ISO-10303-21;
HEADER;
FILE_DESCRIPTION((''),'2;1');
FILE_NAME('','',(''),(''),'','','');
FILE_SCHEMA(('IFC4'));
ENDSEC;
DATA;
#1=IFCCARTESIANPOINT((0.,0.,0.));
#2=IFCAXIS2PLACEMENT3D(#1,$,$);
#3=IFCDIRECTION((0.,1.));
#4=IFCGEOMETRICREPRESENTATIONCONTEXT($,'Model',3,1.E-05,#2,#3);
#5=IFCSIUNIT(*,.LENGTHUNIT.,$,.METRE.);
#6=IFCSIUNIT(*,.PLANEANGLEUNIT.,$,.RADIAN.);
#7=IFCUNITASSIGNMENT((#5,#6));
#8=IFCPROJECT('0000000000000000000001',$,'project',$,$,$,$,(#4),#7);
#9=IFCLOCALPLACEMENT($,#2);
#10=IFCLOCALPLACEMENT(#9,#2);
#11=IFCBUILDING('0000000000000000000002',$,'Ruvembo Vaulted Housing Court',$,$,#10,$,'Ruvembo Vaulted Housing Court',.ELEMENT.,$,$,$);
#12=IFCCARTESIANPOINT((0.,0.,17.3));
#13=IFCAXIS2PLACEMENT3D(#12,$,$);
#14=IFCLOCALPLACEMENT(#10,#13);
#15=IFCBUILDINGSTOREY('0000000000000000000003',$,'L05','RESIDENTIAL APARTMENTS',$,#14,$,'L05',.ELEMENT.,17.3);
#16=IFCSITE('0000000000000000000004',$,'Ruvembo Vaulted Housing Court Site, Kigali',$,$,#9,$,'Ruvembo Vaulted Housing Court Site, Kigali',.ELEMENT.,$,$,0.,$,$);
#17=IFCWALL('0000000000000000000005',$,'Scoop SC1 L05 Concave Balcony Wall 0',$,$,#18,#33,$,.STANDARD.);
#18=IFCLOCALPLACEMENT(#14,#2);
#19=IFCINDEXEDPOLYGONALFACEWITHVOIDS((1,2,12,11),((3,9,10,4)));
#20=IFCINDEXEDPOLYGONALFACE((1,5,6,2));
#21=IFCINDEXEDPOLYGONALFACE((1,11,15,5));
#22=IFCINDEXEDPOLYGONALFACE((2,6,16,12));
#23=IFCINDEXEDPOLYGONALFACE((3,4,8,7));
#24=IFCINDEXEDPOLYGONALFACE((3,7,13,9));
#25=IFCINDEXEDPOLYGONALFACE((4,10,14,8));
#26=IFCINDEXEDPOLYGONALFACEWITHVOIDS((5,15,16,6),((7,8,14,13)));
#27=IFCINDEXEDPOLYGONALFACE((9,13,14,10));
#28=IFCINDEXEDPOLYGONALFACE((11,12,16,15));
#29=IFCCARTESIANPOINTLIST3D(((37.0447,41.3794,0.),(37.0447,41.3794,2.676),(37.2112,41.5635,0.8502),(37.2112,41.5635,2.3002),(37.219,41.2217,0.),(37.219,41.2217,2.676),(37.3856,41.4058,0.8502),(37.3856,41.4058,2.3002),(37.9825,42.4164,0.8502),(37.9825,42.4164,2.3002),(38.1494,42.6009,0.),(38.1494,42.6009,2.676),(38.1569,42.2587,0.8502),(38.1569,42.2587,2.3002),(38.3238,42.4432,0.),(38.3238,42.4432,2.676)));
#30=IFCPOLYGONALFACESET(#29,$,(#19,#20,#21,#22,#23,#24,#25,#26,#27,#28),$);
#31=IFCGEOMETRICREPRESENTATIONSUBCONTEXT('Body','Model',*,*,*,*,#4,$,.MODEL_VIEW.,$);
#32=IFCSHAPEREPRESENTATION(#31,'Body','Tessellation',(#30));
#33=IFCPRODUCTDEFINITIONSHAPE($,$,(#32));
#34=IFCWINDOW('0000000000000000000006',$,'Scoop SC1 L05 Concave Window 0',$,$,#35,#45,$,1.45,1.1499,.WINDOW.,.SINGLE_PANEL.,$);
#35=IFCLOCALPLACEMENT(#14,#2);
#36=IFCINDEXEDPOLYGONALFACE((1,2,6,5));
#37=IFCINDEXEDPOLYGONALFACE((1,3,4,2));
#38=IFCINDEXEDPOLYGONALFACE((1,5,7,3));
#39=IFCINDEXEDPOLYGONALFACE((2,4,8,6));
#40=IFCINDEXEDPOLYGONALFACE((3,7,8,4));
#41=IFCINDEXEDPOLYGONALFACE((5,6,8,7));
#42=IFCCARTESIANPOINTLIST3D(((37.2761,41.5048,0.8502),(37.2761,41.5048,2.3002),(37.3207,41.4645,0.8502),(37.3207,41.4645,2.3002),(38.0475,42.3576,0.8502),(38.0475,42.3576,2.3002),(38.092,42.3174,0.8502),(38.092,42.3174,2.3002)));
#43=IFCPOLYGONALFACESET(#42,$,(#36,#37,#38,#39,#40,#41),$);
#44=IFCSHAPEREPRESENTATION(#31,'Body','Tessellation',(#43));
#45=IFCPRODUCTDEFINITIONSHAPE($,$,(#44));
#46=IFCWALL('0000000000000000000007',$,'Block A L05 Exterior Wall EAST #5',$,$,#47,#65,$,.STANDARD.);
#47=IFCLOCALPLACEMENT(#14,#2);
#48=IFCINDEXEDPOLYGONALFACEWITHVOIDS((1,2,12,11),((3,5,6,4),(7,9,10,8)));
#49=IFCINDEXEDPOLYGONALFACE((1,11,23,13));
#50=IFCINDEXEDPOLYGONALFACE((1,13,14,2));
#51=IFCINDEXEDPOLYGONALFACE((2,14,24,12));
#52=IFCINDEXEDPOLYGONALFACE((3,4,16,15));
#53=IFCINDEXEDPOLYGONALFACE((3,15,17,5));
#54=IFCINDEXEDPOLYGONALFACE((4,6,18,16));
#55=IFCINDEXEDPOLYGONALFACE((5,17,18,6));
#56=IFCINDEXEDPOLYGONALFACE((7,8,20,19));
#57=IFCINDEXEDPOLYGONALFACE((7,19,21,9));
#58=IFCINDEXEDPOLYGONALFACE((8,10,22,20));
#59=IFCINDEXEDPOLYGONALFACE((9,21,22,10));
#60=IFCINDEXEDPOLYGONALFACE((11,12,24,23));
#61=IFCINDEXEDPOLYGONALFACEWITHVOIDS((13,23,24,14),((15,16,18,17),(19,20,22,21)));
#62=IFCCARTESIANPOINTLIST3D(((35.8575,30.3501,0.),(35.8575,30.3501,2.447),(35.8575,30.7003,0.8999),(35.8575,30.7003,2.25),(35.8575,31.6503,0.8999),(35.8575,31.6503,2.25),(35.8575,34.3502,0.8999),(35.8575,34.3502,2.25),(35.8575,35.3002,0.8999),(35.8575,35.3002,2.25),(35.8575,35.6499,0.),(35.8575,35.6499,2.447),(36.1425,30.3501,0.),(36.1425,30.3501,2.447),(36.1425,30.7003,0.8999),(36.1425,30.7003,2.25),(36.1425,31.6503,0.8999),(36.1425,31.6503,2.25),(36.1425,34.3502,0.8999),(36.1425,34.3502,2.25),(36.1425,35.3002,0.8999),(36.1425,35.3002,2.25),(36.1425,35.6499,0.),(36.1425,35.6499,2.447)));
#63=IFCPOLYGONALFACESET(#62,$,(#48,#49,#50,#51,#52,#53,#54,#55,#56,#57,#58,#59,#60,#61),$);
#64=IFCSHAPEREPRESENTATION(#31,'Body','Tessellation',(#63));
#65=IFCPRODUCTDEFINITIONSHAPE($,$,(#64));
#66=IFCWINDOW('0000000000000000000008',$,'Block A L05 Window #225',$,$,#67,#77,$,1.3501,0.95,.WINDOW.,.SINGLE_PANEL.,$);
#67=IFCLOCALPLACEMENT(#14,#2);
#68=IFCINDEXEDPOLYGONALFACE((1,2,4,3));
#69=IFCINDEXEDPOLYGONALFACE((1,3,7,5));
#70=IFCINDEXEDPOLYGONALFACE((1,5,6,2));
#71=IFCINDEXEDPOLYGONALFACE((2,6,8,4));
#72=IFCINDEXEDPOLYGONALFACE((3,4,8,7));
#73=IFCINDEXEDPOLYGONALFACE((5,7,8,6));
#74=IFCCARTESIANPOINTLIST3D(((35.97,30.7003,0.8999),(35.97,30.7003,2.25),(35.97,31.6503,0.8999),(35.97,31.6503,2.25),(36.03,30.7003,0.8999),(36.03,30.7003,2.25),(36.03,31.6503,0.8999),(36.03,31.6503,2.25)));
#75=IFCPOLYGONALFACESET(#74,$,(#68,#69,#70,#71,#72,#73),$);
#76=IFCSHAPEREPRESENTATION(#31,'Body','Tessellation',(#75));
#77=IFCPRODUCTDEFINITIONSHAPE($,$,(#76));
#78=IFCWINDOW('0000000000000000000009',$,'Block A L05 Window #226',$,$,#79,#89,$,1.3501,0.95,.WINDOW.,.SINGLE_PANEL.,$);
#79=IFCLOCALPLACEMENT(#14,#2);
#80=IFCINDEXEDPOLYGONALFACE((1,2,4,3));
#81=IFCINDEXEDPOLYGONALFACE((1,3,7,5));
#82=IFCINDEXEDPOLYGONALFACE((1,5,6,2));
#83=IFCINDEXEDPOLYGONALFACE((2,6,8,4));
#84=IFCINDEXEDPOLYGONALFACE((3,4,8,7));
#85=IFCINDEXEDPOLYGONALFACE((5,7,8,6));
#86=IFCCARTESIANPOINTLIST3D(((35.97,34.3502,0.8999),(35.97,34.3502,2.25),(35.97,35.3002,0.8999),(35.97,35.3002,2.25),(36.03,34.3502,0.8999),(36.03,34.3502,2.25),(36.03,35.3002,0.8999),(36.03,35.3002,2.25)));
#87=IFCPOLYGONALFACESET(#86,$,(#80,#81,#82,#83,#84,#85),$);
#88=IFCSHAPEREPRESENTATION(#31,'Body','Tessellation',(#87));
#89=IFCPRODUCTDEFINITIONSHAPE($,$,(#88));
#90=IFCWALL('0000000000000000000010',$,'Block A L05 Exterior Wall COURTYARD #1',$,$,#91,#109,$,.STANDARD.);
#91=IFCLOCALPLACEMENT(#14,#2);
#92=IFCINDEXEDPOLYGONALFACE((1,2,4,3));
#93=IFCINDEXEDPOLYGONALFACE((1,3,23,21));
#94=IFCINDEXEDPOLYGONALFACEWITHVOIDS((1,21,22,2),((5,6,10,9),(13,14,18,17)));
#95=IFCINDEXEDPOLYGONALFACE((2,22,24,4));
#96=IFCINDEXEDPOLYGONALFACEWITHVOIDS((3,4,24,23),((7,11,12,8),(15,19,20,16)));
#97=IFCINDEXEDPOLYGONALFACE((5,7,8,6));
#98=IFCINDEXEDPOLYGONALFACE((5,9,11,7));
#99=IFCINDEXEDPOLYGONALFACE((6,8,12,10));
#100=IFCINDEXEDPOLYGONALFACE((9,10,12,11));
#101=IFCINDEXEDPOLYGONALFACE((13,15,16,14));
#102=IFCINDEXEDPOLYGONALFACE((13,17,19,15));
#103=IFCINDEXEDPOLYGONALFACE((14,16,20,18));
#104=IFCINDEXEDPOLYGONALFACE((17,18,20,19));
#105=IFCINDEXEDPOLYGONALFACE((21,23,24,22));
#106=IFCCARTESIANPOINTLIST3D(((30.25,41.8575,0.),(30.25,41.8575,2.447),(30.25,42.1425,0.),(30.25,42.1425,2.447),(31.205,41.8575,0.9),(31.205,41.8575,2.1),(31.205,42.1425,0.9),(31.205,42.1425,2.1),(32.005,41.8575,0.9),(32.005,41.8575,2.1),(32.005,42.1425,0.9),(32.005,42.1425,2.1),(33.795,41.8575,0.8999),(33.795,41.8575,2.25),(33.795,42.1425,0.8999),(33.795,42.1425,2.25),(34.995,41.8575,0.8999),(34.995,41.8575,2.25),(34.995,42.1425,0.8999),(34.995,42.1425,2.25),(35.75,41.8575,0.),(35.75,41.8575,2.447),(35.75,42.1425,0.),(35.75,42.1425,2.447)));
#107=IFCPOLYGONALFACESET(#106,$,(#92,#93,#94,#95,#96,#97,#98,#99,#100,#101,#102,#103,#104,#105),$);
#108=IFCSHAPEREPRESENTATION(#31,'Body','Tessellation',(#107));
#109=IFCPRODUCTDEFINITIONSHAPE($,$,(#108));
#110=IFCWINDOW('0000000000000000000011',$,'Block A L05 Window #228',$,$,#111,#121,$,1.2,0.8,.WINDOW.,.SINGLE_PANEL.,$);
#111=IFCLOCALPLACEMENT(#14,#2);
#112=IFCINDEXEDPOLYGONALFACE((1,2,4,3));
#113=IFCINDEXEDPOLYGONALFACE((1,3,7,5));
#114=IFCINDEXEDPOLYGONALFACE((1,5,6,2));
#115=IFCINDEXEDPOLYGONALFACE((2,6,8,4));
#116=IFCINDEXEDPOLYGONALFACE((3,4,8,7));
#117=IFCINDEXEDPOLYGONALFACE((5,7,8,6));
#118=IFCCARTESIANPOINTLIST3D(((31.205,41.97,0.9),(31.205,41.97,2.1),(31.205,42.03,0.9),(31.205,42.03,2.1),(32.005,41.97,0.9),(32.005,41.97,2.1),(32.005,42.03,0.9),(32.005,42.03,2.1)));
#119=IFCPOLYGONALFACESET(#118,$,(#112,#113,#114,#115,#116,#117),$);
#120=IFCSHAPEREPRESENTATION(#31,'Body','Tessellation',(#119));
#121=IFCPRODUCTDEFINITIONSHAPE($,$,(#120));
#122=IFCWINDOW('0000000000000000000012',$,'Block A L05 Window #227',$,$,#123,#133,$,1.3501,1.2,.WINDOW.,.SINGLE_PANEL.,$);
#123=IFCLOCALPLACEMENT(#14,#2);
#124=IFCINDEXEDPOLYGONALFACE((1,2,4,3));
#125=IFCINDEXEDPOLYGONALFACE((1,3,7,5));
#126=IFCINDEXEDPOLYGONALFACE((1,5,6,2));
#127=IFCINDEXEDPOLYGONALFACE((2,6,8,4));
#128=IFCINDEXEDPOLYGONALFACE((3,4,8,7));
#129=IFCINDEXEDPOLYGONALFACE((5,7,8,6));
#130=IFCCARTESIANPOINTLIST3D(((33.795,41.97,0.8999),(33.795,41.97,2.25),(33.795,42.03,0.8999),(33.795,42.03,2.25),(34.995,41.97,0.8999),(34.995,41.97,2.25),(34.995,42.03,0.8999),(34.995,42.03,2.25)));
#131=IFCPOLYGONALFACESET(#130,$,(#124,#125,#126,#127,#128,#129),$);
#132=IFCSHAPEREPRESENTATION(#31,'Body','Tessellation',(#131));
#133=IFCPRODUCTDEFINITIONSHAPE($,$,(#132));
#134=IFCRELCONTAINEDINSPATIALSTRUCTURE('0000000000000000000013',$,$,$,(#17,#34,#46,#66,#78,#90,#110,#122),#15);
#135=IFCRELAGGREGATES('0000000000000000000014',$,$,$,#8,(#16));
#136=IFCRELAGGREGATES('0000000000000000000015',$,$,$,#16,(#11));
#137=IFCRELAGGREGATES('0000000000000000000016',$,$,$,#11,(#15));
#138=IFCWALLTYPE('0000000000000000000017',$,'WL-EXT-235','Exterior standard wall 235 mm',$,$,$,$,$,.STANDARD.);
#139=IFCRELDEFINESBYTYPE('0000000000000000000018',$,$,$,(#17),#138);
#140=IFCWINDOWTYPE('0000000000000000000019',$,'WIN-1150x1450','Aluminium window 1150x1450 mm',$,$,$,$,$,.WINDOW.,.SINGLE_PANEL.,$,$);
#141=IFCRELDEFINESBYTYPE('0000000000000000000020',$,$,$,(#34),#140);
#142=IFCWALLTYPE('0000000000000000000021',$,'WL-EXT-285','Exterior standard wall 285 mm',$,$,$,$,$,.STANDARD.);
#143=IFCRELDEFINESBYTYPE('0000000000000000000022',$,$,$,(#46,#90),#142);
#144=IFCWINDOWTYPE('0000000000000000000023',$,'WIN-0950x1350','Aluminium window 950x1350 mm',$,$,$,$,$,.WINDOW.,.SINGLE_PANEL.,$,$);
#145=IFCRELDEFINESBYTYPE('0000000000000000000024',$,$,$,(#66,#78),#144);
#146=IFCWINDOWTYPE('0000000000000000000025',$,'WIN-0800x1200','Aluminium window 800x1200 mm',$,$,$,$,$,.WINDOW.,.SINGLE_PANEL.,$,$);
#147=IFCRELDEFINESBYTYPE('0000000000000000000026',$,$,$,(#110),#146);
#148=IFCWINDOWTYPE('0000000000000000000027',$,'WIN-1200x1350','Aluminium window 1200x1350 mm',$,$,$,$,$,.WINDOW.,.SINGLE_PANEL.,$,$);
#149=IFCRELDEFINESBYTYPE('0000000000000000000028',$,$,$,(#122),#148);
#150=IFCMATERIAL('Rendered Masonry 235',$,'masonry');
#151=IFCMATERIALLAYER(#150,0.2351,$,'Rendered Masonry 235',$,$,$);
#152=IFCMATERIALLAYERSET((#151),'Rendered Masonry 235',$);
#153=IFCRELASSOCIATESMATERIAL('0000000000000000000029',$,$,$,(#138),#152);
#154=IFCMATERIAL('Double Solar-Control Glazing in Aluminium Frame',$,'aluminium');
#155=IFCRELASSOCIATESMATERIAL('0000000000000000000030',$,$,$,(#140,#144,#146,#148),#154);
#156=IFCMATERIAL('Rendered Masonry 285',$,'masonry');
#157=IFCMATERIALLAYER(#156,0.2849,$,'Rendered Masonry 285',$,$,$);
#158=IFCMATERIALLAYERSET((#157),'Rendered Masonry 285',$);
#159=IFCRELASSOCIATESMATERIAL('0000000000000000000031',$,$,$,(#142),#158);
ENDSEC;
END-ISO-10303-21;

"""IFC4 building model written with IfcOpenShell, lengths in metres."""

from ifc_helpers import new_model, si_unit, direction, frame, frame_2d, origin, place, context, subcontext, project, spatial, rectangle, extrude, material, layer, layer_set, type_object, element, fill, save


model = new_model("IFC4")

# Units and contexts
model_context = context("Model", 3, precision=1e-05, world=origin(), true_north=direction((0.0, 1.0)))
body_context = subcontext(model_context, "Body", "Model", "MODEL_VIEW")
ifc_project = project(units=[si_unit("LENGTHUNIT", "METRE"), si_unit("PLANEANGLEUNIT", "RADIAN")], contexts=[model_context])

# Site, building, storey
site_placement = place(None, origin())
site = spatial("IfcSite", under=ifc_project, at=site_placement, Name="Ruvembo Vaulted Housing Court Site, Kigali", LongName="Ruvembo Vaulted Housing Court Site, Kigali", CompositionType="ELEMENT", RefElevation=0.0)
building_placement = place(site_placement, origin())
building = spatial("IfcBuilding", under=site, at=building_placement, Name="Ruvembo Vaulted Housing Court", LongName="Ruvembo Vaulted Housing Court", CompositionType="ELEMENT")
storey_placement = place(building_placement, frame((0.0, 0.0, 17.3)))
storey = spatial("IfcBuildingStorey", under=building, at=storey_placement, Name="L05", Description="RESIDENTIAL APARTMENTS", LongName="L05", CompositionType="ELEMENT", Elevation=17.3)

# Wall, opening, window
ifc_material_1 = material(Name="Rendered Masonry 235", Category="masonry")
ifc_layer_1 = layer(ifc_material_1, 0.2351, Name="Rendered Masonry 235")
ifc_layer_set_1 = layer_set([ifc_layer_1], Name="Rendered Masonry 235")
wall_type_1 = type_object("IfcWallType", Name="WL-EXT-235", Description="Exterior standard wall 235 mm", PredefinedType="STANDARD", material=ifc_layer_set_1)
wall_1_placement = place(storey_placement, frame((37.1318, 41.3005, 0.0), z_axis=(0.0, 0.0, 1.0), x_axis=(0.670789, 0.741648, 0.0)))
wall_1 = element("IfcWall", 1, at=wall_1_placement, inside=storey, type_object=wall_type_1, Name="Scoop SC1 L05 Concave Balcony Wall 0", PredefinedType="STANDARD", context=body_context, shape_type="SweptSolid", body=[
    extrude(rectangle(XDim=1.647, YDim=0.2351, at=frame_2d((0.8235, 0.0))), origin(), (0.0, 0.0, 1.0), 2.676),
])
opening_1_placement = place(wall_1_placement, frame((0.2483, 0.0, 0.8501)))
opening_1 = element("IfcOpeningElement", 2, at=opening_1_placement, cuts=wall_1, PredefinedType="OPENING", context=body_context, shape_type="SweptSolid", body=[
    extrude(rectangle(XDim=1.1499, YDim=1.45, at=frame_2d((0.575, 0.7251))), frame((0.0, 0.1274, 0.0), z_axis=(0.0, -1.0, 0.0), x_axis=(1.0, 0.0, 0.0)), (0.0, 0.0, 1.0), 0.2551),
])
ifc_material_2 = material(Name="Double Solar-Control Glazing in Aluminium Frame", Category="aluminium")
window_type_1 = type_object("IfcWindowType", Name="WIN-1150x1450", Description="Aluminium window 1150x1450 mm", PartitioningType="SINGLE_PANEL", PredefinedType="WINDOW", material=ifc_material_2)
window_1_placement = place(opening_1_placement, origin())
window_1 = element("IfcWindow", 3, at=window_1_placement, inside=storey, type_object=window_type_1, Name="Scoop SC1 L05 Concave Window 0", OverallHeight=1.45, OverallWidth=1.1499, PartitioningType="SINGLE_PANEL", PredefinedType="WINDOW", context=body_context, shape_type="SweptSolid", body=[
    extrude(rectangle(XDim=1.1499, YDim=1.45, at=frame_2d((0.575, 0.7251))), frame((0.0, 0.03, 0.0), z_axis=(0.0, -1.0, 0.0), x_axis=(1.0, 0.0, 0.0)), (0.0, 0.0, 1.0), 0.0601),
])
fill(opening_1, window_1)

# Wall, openings, windows
ifc_material_3 = material(Name="Rendered Masonry 285", Category="masonry")
ifc_layer_2 = layer(ifc_material_3, 0.2849, Name="Rendered Masonry 285")
ifc_layer_set_2 = layer_set([ifc_layer_2], Name="Rendered Masonry 285")
wall_type_2 = type_object("IfcWallType", Name="WL-EXT-285", Description="Exterior standard wall 285 mm", PredefinedType="STANDARD", material=ifc_layer_set_2)
wall_2_placement = place(storey_placement, frame((36.0, 30.3501, 0.0), z_axis=(0.0, 0.0, 1.0), x_axis=(0.0, 1.0, 0.0)))
wall_2 = element("IfcWall", 4, at=wall_2_placement, inside=storey, type_object=wall_type_2, Name="Block A L05 Exterior Wall EAST #5", PredefinedType="STANDARD", context=body_context, shape_type="SweptSolid", body=[
    extrude(rectangle(XDim=5.2998, YDim=0.2849, at=frame_2d((2.6499, 0.0))), origin(), (0.0, 0.0, 1.0), 2.447),
])
opening_2_placement = place(wall_2_placement, frame((0.3501, 0.0, 0.8999)))
opening_2 = element("IfcOpeningElement", 5, at=opening_2_placement, cuts=wall_2, PredefinedType="OPENING", context=body_context, shape_type="SweptSolid", body=[
    extrude(rectangle(XDim=0.95, YDim=1.3501, at=frame_2d((0.4751, 0.675))), frame((0.0, 0.1523, 0.0), z_axis=(0.0, -1.0, 0.0), x_axis=(1.0, 0.0, 0.0)), (0.0, 0.0, 1.0), 0.3049),
])
opening_3_placement = place(wall_2_placement, frame((4.0, 0.0, 0.8999)))
opening_3 = element("IfcOpeningElement", 6, at=opening_3_placement, cuts=wall_2, PredefinedType="OPENING", context=body_context, shape_type="SweptSolid", body=[
    extrude(rectangle(XDim=0.95, YDim=1.3501, at=frame_2d((0.4751, 0.675))), frame((0.0, 0.1523, 0.0), z_axis=(0.0, -1.0, 0.0), x_axis=(1.0, 0.0, 0.0)), (0.0, 0.0, 1.0), 0.3049),
])
window_type_2 = type_object("IfcWindowType", Name="WIN-0950x1350", Description="Aluminium window 950x1350 mm", PartitioningType="SINGLE_PANEL", PredefinedType="WINDOW", material=ifc_material_2)
window_2_placement = place(opening_2_placement, origin())
window_2 = element("IfcWindow", 7, at=window_2_placement, inside=storey, type_object=window_type_2, Name="Block A L05 Window #225", OverallHeight=1.3501, OverallWidth=0.95, PartitioningType="SINGLE_PANEL", PredefinedType="WINDOW", context=body_context, shape_type="SweptSolid", body=[
    extrude(rectangle(XDim=0.95, YDim=1.3501, at=frame_2d((0.4751, 0.675))), frame((0.0, 0.03, 0.0), z_axis=(0.0, -1.0, 0.0), x_axis=(1.0, 0.0, 0.0)), (0.0, 0.0, 1.0), 0.0601),
])
fill(opening_2, window_2)
window_3_placement = place(opening_3_placement, origin())
window_3 = element("IfcWindow", 8, at=window_3_placement, inside=storey, type_object=window_type_2, Name="Block A L05 Window #226", OverallHeight=1.3501, OverallWidth=0.95, PartitioningType="SINGLE_PANEL", PredefinedType="WINDOW", context=body_context, shape_type="SweptSolid", body=[
    extrude(rectangle(XDim=0.95, YDim=1.3501, at=frame_2d((0.4751, 0.675))), frame((0.0, 0.03, 0.0), z_axis=(0.0, -1.0, 0.0), x_axis=(1.0, 0.0, 0.0)), (0.0, 0.0, 1.0), 0.0601),
])
fill(opening_3, window_3)

# Wall, openings, windows
wall_3_placement = place(storey_placement, frame((35.75, 42.0, 0.0), z_axis=(0.0, 0.0, 1.0), x_axis=(-1.0, 0.0, 0.0)))
wall_3 = element("IfcWall", 9, at=wall_3_placement, inside=storey, type_object=wall_type_2, Name="Block A L05 Exterior Wall COURTYARD #1", PredefinedType="STANDARD", context=body_context, shape_type="SweptSolid", body=[
    extrude(rectangle(XDim=5.5, YDim=0.2849, at=frame_2d((2.75, 0.0))), origin(), (0.0, 0.0, 1.0), 2.447),
])
opening_4_placement = place(wall_3_placement, frame((0.7549, 0.0, 0.8999)))
opening_4 = element("IfcOpeningElement", 10, at=opening_4_placement, cuts=wall_3, PredefinedType="OPENING", context=body_context, shape_type="SweptSolid", body=[
    extrude(rectangle(XDim=1.2, YDim=1.3501, at=frame_2d((0.6001, 0.675))), frame((0.0, 0.1523, 0.0), z_axis=(0.0, -1.0, 0.0), x_axis=(1.0, 0.0, 0.0)), (0.0, 0.0, 1.0), 0.3049),
])
opening_5_placement = place(wall_3_placement, frame((3.7451, 0.0, 0.8999)))
opening_5 = element("IfcOpeningElement", 11, at=opening_5_placement, cuts=wall_3, PredefinedType="OPENING", context=body_context, shape_type="SweptSolid", body=[
    extrude(rectangle(XDim=0.8, YDim=1.2, at=frame_2d((0.3999, 0.6001))), frame((0.0, 0.1523, 0.0), z_axis=(0.0, -1.0, 0.0), x_axis=(1.0, 0.0, 0.0)), (0.0, 0.0, 1.0), 0.3049),
])
window_type_3 = type_object("IfcWindowType", Name="WIN-0800x1200", Description="Aluminium window 800x1200 mm", PartitioningType="SINGLE_PANEL", PredefinedType="WINDOW", material=ifc_material_2)
window_4_placement = place(opening_5_placement, origin())
window_4 = element("IfcWindow", 12, at=window_4_placement, inside=storey, type_object=window_type_3, Name="Block A L05 Window #228", OverallHeight=1.2, OverallWidth=0.8, PartitioningType="SINGLE_PANEL", PredefinedType="WINDOW", context=body_context, shape_type="SweptSolid", body=[
    extrude(rectangle(XDim=0.8, YDim=1.2, at=frame_2d((0.3999, 0.6001))), frame((0.0, 0.03, 0.0), z_axis=(0.0, -1.0, 0.0), x_axis=(1.0, 0.0, 0.0)), (0.0, 0.0, 1.0), 0.0601),
])
fill(opening_5, window_4)
window_type_4 = type_object("IfcWindowType", Name="WIN-1200x1350", Description="Aluminium window 1200x1350 mm", PartitioningType="SINGLE_PANEL", PredefinedType="WINDOW", material=ifc_material_2)
window_5_placement = place(opening_4_placement, origin())
window_5 = element("IfcWindow", 13, at=window_5_placement, inside=storey, type_object=window_type_4, Name="Block A L05 Window #227", OverallHeight=1.3501, OverallWidth=1.2, PartitioningType="SINGLE_PANEL", PredefinedType="WINDOW", context=body_context, shape_type="SweptSolid", body=[
    extrude(rectangle(XDim=1.2, YDim=1.3501, at=frame_2d((0.6001, 0.675))), frame((0.0, 0.03, 0.0), z_axis=(0.0, -1.0, 0.0), x_axis=(1.0, 0.0, 0.0)), (0.0, 0.0, 1.0), 0.0601),
])
fill(opening_4, window_5)

save(model, "model.ifc")
